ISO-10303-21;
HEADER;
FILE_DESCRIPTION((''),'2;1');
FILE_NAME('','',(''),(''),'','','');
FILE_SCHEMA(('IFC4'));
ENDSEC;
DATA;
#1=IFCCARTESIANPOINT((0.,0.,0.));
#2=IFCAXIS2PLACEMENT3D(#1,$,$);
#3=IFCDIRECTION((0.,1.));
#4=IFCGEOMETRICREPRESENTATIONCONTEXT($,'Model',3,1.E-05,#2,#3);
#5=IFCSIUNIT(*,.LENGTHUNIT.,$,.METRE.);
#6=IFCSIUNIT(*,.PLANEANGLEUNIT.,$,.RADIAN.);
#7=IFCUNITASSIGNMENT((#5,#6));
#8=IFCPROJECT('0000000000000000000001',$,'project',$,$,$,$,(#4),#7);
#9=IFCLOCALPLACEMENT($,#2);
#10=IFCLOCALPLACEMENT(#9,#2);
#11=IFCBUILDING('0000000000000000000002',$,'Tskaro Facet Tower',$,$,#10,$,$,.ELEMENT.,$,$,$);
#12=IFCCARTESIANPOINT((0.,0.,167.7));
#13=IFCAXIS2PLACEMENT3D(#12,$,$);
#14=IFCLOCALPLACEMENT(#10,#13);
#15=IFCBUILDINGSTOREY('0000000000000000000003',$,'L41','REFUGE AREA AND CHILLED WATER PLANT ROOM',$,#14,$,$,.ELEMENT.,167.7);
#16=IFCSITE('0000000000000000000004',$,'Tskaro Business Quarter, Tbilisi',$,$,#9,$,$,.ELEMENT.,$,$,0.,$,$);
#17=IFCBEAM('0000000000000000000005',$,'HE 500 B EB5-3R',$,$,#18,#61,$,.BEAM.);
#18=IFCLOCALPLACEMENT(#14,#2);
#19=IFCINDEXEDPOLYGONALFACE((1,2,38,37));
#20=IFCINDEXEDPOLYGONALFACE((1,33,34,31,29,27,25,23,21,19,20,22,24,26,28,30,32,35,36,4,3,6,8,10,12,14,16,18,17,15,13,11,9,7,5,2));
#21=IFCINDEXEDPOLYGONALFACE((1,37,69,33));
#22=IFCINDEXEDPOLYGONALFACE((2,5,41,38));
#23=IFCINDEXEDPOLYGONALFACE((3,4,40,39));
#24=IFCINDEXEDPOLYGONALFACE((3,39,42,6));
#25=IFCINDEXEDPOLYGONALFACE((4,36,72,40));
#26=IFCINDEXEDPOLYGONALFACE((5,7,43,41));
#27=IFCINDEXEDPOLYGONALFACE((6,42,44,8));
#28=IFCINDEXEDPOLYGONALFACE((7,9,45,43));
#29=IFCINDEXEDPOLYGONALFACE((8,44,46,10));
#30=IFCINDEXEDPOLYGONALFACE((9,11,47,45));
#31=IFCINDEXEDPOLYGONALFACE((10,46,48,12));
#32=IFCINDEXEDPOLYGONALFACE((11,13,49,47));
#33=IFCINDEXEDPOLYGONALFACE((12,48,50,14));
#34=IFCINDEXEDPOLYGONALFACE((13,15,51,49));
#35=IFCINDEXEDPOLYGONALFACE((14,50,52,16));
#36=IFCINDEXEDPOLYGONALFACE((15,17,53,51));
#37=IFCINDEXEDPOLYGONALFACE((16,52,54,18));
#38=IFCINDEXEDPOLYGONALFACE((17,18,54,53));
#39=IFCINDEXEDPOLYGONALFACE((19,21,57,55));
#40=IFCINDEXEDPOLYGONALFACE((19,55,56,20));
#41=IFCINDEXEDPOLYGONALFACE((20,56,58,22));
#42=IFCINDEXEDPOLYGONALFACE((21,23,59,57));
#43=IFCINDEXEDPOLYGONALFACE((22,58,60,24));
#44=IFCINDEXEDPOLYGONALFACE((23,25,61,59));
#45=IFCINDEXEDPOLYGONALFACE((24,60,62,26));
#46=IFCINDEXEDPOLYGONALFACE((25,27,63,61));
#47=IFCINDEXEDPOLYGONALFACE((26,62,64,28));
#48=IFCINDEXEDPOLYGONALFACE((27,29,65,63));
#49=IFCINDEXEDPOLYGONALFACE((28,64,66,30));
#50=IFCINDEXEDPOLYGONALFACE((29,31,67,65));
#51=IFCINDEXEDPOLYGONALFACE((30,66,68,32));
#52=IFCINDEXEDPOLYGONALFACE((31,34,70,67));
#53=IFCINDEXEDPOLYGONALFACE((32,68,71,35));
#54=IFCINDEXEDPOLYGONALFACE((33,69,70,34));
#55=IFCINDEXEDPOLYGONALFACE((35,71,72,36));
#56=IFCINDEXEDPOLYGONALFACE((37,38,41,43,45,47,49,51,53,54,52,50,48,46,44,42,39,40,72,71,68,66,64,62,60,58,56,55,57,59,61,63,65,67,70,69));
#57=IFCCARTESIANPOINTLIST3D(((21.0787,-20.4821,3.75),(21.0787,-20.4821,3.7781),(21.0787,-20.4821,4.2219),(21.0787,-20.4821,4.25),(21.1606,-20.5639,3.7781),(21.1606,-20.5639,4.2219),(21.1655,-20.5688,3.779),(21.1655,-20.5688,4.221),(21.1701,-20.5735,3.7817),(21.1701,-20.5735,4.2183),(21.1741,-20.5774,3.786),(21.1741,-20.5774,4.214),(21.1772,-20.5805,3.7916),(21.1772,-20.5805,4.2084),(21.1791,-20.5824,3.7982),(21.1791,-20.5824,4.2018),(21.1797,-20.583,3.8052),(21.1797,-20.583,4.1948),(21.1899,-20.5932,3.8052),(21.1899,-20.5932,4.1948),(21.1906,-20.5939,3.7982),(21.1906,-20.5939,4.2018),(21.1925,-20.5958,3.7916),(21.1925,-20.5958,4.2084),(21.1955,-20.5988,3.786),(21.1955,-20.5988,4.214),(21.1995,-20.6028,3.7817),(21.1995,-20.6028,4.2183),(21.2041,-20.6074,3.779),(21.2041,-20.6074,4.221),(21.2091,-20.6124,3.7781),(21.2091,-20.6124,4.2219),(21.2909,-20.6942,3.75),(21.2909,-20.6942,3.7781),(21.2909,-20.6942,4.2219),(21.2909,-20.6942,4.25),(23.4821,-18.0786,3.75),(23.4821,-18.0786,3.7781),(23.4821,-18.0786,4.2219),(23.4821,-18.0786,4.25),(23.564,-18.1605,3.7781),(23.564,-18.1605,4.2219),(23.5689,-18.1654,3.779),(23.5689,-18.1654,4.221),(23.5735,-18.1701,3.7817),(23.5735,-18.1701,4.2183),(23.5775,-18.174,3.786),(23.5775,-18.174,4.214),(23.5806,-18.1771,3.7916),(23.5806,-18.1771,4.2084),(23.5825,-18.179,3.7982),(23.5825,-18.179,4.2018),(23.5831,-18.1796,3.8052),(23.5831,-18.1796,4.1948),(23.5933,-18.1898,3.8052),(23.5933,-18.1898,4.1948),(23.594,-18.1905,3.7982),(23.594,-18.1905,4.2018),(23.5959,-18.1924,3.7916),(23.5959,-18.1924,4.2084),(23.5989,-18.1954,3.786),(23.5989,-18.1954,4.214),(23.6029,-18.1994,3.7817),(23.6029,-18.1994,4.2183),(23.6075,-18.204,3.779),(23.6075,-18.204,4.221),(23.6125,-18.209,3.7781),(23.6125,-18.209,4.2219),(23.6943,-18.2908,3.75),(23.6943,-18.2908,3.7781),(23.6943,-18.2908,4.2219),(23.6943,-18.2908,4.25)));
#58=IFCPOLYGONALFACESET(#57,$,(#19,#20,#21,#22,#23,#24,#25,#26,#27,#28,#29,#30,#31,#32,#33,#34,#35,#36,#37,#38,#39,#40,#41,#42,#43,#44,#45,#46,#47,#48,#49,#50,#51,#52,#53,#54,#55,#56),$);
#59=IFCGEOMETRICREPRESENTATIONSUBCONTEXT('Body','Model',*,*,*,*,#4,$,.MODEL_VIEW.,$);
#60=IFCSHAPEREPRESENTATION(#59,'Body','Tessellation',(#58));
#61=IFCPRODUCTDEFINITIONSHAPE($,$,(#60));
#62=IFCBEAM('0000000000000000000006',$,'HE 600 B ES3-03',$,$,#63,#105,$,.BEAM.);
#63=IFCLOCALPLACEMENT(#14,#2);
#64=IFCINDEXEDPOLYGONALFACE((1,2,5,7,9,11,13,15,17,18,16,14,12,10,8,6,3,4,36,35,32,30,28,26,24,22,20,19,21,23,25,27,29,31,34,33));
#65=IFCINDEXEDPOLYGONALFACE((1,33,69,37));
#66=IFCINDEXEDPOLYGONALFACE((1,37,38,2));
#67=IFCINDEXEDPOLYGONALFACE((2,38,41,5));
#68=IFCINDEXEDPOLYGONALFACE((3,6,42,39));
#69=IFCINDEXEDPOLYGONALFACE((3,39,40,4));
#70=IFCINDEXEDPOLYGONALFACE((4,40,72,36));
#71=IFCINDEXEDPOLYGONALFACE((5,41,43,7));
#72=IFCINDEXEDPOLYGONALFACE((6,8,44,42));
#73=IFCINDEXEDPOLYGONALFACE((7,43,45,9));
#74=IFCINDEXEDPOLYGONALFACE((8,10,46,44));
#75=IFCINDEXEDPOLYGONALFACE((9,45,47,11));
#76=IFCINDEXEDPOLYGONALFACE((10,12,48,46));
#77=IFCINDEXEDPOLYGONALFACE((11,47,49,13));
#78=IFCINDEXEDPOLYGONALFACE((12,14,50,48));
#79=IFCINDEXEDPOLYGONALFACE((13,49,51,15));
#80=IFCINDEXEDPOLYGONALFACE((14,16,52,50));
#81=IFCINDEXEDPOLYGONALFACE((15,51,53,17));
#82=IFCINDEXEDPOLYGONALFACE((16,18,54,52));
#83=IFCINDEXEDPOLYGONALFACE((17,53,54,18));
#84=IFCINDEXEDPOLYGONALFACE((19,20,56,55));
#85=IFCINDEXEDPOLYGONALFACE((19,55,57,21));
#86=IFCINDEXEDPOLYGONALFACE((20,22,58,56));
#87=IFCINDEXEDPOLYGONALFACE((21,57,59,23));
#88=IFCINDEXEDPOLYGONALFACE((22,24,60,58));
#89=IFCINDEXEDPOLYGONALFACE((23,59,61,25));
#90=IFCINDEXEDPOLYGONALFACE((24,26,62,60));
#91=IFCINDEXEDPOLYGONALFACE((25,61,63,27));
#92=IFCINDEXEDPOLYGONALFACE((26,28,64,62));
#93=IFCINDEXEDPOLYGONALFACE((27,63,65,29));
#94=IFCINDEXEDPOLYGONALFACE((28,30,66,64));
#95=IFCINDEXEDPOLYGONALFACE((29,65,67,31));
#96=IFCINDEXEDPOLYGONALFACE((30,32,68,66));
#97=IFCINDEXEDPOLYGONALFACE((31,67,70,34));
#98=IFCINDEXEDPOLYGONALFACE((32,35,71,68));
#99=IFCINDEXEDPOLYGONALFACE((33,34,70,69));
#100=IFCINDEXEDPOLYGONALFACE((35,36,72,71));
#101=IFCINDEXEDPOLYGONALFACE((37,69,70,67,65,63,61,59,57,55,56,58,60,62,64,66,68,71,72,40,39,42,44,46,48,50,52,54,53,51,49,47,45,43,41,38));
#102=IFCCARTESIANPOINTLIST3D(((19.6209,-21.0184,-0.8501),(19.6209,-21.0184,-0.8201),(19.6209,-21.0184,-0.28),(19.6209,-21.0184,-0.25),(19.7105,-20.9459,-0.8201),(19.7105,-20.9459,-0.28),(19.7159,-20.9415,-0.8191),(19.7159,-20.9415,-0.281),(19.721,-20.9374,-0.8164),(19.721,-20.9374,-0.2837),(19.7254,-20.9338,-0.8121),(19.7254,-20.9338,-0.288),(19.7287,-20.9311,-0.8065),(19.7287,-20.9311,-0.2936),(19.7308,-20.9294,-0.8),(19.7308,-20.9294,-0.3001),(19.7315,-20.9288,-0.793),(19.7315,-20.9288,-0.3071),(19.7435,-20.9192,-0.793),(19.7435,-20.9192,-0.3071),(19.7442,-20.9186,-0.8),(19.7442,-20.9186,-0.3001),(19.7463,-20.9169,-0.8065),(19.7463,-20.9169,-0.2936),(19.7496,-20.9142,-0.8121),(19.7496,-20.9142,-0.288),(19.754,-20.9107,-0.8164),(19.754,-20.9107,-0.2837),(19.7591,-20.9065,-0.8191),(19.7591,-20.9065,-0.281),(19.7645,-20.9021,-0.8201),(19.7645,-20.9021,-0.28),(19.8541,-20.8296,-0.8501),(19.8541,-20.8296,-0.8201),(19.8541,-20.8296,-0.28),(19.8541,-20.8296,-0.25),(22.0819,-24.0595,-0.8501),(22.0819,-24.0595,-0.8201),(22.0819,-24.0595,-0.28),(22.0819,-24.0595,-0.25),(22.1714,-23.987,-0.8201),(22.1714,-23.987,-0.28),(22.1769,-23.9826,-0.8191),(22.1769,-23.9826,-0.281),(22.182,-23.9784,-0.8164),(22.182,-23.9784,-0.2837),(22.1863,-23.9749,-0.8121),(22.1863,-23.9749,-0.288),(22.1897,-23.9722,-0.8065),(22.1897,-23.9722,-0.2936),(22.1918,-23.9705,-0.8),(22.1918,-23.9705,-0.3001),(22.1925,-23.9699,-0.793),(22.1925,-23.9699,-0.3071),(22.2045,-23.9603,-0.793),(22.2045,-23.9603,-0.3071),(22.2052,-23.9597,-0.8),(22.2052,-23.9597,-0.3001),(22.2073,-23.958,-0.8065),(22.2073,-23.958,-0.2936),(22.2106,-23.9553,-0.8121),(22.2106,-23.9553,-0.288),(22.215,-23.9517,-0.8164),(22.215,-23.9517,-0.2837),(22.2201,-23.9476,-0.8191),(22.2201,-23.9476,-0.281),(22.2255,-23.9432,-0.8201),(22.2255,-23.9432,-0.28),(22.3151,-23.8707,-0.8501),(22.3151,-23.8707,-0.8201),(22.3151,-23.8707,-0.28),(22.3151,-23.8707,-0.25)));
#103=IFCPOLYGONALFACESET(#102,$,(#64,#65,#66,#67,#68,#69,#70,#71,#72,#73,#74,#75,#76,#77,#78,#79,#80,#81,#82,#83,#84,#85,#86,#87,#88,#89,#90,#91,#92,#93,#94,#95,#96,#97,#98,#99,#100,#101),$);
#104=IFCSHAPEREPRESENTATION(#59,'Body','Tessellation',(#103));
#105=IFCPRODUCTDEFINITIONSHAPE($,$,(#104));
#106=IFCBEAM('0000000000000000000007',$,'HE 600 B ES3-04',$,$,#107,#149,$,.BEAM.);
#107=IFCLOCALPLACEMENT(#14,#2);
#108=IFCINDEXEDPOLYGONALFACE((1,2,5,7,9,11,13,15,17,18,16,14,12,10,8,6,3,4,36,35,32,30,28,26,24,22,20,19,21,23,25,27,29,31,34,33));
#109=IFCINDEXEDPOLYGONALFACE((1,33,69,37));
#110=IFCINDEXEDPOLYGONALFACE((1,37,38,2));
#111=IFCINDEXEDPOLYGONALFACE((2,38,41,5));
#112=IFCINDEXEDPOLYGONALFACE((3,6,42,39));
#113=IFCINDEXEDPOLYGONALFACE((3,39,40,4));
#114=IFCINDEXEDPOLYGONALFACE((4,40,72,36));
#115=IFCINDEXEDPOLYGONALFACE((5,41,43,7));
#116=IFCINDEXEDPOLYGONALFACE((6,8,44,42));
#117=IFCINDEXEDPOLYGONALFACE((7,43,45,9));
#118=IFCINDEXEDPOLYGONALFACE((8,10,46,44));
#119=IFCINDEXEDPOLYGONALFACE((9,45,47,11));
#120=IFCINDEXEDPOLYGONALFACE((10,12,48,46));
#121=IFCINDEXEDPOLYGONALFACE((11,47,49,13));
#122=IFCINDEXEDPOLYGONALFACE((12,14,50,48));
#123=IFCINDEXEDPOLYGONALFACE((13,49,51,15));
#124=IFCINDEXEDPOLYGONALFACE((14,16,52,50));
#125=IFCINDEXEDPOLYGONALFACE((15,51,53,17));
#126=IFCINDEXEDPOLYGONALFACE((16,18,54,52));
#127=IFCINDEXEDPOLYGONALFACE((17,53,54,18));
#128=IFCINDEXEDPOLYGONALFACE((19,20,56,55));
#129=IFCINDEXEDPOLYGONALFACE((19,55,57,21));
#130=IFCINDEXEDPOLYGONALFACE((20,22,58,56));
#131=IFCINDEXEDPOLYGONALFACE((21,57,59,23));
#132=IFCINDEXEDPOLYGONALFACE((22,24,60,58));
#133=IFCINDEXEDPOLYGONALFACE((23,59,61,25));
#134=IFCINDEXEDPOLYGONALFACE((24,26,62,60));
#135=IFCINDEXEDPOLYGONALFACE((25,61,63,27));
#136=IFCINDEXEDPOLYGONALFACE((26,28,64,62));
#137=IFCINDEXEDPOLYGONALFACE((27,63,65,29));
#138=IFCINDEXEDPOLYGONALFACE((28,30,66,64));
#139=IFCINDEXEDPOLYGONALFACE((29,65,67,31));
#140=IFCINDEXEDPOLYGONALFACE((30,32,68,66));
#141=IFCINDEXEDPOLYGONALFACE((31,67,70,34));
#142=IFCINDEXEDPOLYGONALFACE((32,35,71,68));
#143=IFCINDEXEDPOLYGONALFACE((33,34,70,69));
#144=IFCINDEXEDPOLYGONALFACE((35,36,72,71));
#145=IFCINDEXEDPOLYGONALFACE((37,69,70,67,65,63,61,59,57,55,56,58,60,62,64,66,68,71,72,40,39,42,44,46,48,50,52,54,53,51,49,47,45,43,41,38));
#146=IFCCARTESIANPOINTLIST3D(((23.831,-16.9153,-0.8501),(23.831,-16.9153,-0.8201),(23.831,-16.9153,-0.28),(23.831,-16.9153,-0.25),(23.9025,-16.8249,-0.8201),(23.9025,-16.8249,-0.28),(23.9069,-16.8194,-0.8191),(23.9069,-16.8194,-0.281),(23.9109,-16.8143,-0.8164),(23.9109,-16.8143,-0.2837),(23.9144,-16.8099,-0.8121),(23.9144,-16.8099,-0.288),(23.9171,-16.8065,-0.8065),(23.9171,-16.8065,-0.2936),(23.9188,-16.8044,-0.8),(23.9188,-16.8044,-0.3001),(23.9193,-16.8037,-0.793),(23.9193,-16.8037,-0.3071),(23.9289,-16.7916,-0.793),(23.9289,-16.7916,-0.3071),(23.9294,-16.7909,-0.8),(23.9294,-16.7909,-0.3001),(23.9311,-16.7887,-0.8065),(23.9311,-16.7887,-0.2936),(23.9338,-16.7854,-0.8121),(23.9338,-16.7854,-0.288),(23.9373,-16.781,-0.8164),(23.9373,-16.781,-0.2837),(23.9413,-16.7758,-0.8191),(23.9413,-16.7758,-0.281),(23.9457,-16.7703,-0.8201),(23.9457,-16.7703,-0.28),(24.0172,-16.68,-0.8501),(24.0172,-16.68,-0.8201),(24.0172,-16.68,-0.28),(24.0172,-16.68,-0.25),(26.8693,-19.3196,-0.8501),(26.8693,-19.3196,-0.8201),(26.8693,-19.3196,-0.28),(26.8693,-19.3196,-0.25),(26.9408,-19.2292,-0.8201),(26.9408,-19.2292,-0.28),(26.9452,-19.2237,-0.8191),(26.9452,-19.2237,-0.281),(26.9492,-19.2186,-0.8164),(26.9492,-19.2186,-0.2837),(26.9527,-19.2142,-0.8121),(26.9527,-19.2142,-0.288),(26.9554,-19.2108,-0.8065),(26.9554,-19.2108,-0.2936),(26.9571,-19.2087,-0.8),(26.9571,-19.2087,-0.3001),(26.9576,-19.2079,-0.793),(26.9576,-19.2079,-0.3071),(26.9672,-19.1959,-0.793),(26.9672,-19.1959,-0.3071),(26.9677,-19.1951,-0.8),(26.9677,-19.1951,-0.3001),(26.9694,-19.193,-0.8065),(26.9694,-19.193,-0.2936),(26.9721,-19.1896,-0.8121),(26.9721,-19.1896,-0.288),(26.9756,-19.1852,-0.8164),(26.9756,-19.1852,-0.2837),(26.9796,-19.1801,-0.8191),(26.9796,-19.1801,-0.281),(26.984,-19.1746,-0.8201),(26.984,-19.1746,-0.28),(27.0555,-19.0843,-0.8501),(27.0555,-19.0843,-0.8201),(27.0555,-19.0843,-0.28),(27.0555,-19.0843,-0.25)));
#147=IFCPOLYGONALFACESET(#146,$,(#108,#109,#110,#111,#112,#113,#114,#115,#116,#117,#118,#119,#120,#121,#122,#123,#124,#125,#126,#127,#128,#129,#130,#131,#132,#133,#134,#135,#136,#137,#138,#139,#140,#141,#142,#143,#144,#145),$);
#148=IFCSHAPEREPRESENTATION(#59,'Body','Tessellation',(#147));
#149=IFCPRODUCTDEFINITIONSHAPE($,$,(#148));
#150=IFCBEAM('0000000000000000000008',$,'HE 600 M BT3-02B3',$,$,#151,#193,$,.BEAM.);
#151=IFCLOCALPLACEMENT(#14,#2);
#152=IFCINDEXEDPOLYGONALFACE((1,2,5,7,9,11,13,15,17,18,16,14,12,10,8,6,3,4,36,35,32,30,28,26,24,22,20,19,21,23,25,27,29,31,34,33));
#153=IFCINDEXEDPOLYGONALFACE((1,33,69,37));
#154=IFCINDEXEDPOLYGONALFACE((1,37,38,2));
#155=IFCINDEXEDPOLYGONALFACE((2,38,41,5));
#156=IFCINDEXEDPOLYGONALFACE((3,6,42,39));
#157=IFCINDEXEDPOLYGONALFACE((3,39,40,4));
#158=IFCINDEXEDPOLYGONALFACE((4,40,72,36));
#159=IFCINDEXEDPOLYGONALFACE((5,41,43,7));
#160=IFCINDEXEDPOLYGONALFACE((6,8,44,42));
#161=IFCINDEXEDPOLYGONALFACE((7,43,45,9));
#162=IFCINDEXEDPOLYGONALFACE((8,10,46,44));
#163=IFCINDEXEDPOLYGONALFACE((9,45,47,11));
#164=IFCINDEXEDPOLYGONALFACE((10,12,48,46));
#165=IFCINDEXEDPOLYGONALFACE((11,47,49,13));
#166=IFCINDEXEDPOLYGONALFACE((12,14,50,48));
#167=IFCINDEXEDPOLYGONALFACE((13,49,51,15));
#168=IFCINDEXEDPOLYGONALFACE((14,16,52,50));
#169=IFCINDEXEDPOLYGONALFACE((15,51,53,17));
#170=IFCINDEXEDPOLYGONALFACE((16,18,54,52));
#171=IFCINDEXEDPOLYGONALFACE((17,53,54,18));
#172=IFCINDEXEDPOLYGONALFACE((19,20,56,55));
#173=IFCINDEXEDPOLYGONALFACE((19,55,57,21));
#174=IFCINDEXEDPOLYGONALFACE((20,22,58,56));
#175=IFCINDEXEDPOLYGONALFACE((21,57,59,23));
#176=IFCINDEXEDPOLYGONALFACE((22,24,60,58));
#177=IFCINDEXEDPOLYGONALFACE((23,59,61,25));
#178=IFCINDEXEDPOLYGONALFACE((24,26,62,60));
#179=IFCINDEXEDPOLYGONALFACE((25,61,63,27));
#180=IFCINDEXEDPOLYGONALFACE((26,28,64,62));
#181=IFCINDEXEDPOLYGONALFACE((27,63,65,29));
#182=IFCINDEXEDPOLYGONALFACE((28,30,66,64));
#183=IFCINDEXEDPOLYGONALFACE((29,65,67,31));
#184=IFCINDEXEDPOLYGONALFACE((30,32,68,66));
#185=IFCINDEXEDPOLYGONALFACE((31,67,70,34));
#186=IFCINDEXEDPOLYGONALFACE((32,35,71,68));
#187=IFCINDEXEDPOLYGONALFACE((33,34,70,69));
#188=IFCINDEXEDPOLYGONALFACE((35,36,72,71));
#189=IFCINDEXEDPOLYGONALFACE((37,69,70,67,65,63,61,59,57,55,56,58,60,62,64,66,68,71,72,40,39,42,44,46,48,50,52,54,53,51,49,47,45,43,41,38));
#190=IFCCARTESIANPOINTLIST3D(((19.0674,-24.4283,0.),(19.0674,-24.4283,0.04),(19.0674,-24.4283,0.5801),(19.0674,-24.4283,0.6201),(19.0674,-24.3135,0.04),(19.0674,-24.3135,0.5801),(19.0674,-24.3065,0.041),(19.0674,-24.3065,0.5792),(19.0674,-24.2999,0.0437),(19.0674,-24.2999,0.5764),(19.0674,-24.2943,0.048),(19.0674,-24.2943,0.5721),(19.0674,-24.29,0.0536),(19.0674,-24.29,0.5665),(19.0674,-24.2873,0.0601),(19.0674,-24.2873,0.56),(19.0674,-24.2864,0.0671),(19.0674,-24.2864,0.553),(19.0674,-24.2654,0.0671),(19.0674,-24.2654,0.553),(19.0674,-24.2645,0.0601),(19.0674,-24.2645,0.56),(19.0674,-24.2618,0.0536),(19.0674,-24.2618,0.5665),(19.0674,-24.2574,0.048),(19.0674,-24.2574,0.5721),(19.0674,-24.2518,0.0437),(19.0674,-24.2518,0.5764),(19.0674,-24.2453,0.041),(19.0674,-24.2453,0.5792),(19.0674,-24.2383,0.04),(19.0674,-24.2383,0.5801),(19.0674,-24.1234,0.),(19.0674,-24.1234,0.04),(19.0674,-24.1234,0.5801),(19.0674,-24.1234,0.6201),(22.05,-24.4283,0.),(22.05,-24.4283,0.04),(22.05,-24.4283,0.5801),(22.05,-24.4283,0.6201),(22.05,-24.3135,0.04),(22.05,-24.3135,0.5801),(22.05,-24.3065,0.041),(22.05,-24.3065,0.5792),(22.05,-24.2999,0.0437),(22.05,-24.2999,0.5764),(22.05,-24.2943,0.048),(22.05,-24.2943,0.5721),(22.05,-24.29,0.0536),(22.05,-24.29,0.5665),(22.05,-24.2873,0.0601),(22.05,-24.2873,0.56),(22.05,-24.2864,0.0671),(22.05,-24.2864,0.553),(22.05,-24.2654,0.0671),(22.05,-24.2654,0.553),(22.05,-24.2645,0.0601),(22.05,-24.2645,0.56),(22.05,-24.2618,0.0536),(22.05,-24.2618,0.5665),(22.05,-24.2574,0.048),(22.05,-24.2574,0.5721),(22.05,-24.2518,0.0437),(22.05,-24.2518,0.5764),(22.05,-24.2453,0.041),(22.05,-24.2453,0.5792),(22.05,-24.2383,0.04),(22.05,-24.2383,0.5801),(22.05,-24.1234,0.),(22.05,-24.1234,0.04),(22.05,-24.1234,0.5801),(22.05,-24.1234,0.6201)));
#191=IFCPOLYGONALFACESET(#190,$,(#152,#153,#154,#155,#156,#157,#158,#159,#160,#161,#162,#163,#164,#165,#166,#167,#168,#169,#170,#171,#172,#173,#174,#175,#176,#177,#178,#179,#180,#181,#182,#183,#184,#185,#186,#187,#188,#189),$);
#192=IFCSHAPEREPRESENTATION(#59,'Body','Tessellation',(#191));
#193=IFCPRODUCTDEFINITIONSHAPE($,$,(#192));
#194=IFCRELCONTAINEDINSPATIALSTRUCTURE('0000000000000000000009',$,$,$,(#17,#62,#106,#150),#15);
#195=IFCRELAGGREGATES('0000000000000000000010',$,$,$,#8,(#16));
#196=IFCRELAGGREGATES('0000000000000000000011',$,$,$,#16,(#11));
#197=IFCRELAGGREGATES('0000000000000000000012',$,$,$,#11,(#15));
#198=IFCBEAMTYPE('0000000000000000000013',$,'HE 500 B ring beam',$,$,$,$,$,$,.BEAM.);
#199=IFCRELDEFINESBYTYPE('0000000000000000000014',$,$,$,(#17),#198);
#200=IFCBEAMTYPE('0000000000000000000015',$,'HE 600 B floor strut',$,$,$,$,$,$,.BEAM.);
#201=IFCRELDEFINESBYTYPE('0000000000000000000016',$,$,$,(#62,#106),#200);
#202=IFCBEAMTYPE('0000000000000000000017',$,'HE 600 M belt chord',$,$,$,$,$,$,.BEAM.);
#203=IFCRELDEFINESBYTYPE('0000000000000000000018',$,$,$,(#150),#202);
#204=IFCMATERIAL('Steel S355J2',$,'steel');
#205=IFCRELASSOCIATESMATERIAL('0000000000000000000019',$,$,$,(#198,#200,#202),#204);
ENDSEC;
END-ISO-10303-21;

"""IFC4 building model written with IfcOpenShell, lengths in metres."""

from ifc_helpers import new_model, si_unit, direction, frame, origin, origin_2d, place, context, subcontext, project, spatial, i_section, extrude, material, material_profile, profile_set, type_object, element, save


model = new_model("IFC4")

# Units and contexts
model_context = context("Model", 3, precision=1e-05, world=origin(), true_north=direction((0.0, 1.0)))
body_context = subcontext(model_context, "Body", "Model", "MODEL_VIEW")
ifc_project = project(units=[si_unit("LENGTHUNIT", "METRE"), si_unit("PLANEANGLEUNIT", "RADIAN")], contexts=[model_context])

# Site, building, storey
site_placement = place(None, origin())
site = spatial("IfcSite", under=ifc_project, at=site_placement, Name="Tskaro Business Quarter, Tbilisi", CompositionType="ELEMENT", RefElevation=0.0)
building_placement = place(site_placement, origin())
building = spatial("IfcBuilding", under=site, at=building_placement, Name="Tskaro Facet Tower", CompositionType="ELEMENT")
storey_placement = place(building_placement, frame((0.0, 0.0, 167.7)))
storey = spatial("IfcBuildingStorey", under=building, at=storey_placement, Name="L41", Description="REFUGE AREA AND CHILLED WATER PLANT ROOM", CompositionType="ELEMENT", Elevation=167.7)

# Beams
ifc_material_1 = material(Name="Steel S355J2", Category="steel")
ifc_material_profile_1 = material_profile(ifc_material_1, i_section(OverallWidth=0.3, OverallDepth=0.5, WebThickness=0.0144, FlangeThickness=0.0281, FilletRadius=0.0271, at=origin_2d()), Name="HE 500 B")
ifc_profile_set_1 = profile_set([ifc_material_profile_1], Name="Steel S355J2")
beam_type_1 = type_object("IfcBeamType", Name="HE 500 B ring beam", PredefinedType="BEAM", material=ifc_profile_set_1)
for number, where, z_axis, x_axis, name in (
    (1, (21.1848, -20.5881, 4.0), (0.707107, 0.707107, 0.0), (-0.707107, 0.707107, 0.0), "HE 500 B EB5-3R"),
):
    element("IfcBeam", number, at=place(storey_placement, frame(where, z_axis=z_axis, x_axis=x_axis)), inside=storey, type_object=beam_type_1, Name=name, PredefinedType="BEAM", context=body_context, shape_type="SweptSolid", body=[
        extrude(i_section(OverallWidth=0.3, OverallDepth=0.5, WebThickness=0.0144, FlangeThickness=0.0281, FilletRadius=0.0271, at=origin_2d()), origin(), (0.0, 0.0, 1.0), 3.3989),
    ])
ifc_material_profile_2 = material_profile(ifc_material_1, i_section(OverallWidth=0.3, OverallDepth=0.6001, WebThickness=0.0154, FlangeThickness=0.03, FilletRadius=0.0271, at=origin_2d()), Name="HE 600 B")
ifc_profile_set_2 = profile_set([ifc_material_profile_2], Name="Steel S355J2")
beam_type_2 = type_object("IfcBeamType", Name="HE 600 B floor strut", PredefinedType="BEAM", material=ifc_profile_set_2)
beam_1_placement = place(storey_placement, frame((22.1985, -23.9651, -0.55), z_axis=(-0.629069, 0.777349, 0.0), x_axis=(-0.777349, -0.629069, 0.0)))
element("IfcBeam", 2, at=beam_1_placement, inside=storey, type_object=beam_type_2, Name="HE 600 B ES3-03", PredefinedType="BEAM", context=body_context, shape_type="SweptSolid", body=[
    extrude(i_section(OverallWidth=0.3, OverallDepth=0.6001, WebThickness=0.0154, FlangeThickness=0.03, FilletRadius=0.0271, at=origin_2d()), origin(), (0.0, 0.0, 1.0), 3.9121),
])
beam_2_placement = place(storey_placement, frame((26.9624, -19.2019, -0.55), z_axis=(-0.784177, 0.620537, 0.0), x_axis=(-0.620537, -0.784177, 0.0)))
element("IfcBeam", 3, at=beam_2_placement, inside=storey, type_object=beam_type_2, Name="HE 600 B ES3-04", PredefinedType="BEAM", context=body_context, shape_type="SweptSolid", body=[
    extrude(i_section(OverallWidth=0.3, OverallDepth=0.6001, WebThickness=0.0154, FlangeThickness=0.03, FilletRadius=0.0271, at=origin_2d()), origin(), (0.0, 0.0, 1.0), 3.8745),
])
ifc_material_profile_3 = material_profile(ifc_material_1, i_section(OverallWidth=0.3049, OverallDepth=0.6201, WebThickness=0.021, FlangeThickness=0.04, FilletRadius=0.0271, at=origin_2d()), Name="HE 600 M")
ifc_profile_set_3 = profile_set([ifc_material_profile_3], Name="Steel S355J2")
beam_type_3 = type_object("IfcBeamType", Name="HE 600 M belt chord", PredefinedType="BEAM", material=ifc_profile_set_3)
beam_3_placement = place(storey_placement, frame((19.0674, -24.2759, 0.3101), z_axis=(1.0, 0.0, 0.0), x_axis=(0.0, 1.0, 0.0)))
element("IfcBeam", 4, at=beam_3_placement, inside=storey, type_object=beam_type_3, Name="HE 600 M BT3-02B3", PredefinedType="BEAM", context=body_context, shape_type="SweptSolid", body=[
    extrude(i_section(OverallWidth=0.3049, OverallDepth=0.6201, WebThickness=0.021, FlangeThickness=0.04, FilletRadius=0.0271, at=origin_2d()), origin(), (0.0, 0.0, 1.0), 2.9827),
])

save(model, "model.ifc")
